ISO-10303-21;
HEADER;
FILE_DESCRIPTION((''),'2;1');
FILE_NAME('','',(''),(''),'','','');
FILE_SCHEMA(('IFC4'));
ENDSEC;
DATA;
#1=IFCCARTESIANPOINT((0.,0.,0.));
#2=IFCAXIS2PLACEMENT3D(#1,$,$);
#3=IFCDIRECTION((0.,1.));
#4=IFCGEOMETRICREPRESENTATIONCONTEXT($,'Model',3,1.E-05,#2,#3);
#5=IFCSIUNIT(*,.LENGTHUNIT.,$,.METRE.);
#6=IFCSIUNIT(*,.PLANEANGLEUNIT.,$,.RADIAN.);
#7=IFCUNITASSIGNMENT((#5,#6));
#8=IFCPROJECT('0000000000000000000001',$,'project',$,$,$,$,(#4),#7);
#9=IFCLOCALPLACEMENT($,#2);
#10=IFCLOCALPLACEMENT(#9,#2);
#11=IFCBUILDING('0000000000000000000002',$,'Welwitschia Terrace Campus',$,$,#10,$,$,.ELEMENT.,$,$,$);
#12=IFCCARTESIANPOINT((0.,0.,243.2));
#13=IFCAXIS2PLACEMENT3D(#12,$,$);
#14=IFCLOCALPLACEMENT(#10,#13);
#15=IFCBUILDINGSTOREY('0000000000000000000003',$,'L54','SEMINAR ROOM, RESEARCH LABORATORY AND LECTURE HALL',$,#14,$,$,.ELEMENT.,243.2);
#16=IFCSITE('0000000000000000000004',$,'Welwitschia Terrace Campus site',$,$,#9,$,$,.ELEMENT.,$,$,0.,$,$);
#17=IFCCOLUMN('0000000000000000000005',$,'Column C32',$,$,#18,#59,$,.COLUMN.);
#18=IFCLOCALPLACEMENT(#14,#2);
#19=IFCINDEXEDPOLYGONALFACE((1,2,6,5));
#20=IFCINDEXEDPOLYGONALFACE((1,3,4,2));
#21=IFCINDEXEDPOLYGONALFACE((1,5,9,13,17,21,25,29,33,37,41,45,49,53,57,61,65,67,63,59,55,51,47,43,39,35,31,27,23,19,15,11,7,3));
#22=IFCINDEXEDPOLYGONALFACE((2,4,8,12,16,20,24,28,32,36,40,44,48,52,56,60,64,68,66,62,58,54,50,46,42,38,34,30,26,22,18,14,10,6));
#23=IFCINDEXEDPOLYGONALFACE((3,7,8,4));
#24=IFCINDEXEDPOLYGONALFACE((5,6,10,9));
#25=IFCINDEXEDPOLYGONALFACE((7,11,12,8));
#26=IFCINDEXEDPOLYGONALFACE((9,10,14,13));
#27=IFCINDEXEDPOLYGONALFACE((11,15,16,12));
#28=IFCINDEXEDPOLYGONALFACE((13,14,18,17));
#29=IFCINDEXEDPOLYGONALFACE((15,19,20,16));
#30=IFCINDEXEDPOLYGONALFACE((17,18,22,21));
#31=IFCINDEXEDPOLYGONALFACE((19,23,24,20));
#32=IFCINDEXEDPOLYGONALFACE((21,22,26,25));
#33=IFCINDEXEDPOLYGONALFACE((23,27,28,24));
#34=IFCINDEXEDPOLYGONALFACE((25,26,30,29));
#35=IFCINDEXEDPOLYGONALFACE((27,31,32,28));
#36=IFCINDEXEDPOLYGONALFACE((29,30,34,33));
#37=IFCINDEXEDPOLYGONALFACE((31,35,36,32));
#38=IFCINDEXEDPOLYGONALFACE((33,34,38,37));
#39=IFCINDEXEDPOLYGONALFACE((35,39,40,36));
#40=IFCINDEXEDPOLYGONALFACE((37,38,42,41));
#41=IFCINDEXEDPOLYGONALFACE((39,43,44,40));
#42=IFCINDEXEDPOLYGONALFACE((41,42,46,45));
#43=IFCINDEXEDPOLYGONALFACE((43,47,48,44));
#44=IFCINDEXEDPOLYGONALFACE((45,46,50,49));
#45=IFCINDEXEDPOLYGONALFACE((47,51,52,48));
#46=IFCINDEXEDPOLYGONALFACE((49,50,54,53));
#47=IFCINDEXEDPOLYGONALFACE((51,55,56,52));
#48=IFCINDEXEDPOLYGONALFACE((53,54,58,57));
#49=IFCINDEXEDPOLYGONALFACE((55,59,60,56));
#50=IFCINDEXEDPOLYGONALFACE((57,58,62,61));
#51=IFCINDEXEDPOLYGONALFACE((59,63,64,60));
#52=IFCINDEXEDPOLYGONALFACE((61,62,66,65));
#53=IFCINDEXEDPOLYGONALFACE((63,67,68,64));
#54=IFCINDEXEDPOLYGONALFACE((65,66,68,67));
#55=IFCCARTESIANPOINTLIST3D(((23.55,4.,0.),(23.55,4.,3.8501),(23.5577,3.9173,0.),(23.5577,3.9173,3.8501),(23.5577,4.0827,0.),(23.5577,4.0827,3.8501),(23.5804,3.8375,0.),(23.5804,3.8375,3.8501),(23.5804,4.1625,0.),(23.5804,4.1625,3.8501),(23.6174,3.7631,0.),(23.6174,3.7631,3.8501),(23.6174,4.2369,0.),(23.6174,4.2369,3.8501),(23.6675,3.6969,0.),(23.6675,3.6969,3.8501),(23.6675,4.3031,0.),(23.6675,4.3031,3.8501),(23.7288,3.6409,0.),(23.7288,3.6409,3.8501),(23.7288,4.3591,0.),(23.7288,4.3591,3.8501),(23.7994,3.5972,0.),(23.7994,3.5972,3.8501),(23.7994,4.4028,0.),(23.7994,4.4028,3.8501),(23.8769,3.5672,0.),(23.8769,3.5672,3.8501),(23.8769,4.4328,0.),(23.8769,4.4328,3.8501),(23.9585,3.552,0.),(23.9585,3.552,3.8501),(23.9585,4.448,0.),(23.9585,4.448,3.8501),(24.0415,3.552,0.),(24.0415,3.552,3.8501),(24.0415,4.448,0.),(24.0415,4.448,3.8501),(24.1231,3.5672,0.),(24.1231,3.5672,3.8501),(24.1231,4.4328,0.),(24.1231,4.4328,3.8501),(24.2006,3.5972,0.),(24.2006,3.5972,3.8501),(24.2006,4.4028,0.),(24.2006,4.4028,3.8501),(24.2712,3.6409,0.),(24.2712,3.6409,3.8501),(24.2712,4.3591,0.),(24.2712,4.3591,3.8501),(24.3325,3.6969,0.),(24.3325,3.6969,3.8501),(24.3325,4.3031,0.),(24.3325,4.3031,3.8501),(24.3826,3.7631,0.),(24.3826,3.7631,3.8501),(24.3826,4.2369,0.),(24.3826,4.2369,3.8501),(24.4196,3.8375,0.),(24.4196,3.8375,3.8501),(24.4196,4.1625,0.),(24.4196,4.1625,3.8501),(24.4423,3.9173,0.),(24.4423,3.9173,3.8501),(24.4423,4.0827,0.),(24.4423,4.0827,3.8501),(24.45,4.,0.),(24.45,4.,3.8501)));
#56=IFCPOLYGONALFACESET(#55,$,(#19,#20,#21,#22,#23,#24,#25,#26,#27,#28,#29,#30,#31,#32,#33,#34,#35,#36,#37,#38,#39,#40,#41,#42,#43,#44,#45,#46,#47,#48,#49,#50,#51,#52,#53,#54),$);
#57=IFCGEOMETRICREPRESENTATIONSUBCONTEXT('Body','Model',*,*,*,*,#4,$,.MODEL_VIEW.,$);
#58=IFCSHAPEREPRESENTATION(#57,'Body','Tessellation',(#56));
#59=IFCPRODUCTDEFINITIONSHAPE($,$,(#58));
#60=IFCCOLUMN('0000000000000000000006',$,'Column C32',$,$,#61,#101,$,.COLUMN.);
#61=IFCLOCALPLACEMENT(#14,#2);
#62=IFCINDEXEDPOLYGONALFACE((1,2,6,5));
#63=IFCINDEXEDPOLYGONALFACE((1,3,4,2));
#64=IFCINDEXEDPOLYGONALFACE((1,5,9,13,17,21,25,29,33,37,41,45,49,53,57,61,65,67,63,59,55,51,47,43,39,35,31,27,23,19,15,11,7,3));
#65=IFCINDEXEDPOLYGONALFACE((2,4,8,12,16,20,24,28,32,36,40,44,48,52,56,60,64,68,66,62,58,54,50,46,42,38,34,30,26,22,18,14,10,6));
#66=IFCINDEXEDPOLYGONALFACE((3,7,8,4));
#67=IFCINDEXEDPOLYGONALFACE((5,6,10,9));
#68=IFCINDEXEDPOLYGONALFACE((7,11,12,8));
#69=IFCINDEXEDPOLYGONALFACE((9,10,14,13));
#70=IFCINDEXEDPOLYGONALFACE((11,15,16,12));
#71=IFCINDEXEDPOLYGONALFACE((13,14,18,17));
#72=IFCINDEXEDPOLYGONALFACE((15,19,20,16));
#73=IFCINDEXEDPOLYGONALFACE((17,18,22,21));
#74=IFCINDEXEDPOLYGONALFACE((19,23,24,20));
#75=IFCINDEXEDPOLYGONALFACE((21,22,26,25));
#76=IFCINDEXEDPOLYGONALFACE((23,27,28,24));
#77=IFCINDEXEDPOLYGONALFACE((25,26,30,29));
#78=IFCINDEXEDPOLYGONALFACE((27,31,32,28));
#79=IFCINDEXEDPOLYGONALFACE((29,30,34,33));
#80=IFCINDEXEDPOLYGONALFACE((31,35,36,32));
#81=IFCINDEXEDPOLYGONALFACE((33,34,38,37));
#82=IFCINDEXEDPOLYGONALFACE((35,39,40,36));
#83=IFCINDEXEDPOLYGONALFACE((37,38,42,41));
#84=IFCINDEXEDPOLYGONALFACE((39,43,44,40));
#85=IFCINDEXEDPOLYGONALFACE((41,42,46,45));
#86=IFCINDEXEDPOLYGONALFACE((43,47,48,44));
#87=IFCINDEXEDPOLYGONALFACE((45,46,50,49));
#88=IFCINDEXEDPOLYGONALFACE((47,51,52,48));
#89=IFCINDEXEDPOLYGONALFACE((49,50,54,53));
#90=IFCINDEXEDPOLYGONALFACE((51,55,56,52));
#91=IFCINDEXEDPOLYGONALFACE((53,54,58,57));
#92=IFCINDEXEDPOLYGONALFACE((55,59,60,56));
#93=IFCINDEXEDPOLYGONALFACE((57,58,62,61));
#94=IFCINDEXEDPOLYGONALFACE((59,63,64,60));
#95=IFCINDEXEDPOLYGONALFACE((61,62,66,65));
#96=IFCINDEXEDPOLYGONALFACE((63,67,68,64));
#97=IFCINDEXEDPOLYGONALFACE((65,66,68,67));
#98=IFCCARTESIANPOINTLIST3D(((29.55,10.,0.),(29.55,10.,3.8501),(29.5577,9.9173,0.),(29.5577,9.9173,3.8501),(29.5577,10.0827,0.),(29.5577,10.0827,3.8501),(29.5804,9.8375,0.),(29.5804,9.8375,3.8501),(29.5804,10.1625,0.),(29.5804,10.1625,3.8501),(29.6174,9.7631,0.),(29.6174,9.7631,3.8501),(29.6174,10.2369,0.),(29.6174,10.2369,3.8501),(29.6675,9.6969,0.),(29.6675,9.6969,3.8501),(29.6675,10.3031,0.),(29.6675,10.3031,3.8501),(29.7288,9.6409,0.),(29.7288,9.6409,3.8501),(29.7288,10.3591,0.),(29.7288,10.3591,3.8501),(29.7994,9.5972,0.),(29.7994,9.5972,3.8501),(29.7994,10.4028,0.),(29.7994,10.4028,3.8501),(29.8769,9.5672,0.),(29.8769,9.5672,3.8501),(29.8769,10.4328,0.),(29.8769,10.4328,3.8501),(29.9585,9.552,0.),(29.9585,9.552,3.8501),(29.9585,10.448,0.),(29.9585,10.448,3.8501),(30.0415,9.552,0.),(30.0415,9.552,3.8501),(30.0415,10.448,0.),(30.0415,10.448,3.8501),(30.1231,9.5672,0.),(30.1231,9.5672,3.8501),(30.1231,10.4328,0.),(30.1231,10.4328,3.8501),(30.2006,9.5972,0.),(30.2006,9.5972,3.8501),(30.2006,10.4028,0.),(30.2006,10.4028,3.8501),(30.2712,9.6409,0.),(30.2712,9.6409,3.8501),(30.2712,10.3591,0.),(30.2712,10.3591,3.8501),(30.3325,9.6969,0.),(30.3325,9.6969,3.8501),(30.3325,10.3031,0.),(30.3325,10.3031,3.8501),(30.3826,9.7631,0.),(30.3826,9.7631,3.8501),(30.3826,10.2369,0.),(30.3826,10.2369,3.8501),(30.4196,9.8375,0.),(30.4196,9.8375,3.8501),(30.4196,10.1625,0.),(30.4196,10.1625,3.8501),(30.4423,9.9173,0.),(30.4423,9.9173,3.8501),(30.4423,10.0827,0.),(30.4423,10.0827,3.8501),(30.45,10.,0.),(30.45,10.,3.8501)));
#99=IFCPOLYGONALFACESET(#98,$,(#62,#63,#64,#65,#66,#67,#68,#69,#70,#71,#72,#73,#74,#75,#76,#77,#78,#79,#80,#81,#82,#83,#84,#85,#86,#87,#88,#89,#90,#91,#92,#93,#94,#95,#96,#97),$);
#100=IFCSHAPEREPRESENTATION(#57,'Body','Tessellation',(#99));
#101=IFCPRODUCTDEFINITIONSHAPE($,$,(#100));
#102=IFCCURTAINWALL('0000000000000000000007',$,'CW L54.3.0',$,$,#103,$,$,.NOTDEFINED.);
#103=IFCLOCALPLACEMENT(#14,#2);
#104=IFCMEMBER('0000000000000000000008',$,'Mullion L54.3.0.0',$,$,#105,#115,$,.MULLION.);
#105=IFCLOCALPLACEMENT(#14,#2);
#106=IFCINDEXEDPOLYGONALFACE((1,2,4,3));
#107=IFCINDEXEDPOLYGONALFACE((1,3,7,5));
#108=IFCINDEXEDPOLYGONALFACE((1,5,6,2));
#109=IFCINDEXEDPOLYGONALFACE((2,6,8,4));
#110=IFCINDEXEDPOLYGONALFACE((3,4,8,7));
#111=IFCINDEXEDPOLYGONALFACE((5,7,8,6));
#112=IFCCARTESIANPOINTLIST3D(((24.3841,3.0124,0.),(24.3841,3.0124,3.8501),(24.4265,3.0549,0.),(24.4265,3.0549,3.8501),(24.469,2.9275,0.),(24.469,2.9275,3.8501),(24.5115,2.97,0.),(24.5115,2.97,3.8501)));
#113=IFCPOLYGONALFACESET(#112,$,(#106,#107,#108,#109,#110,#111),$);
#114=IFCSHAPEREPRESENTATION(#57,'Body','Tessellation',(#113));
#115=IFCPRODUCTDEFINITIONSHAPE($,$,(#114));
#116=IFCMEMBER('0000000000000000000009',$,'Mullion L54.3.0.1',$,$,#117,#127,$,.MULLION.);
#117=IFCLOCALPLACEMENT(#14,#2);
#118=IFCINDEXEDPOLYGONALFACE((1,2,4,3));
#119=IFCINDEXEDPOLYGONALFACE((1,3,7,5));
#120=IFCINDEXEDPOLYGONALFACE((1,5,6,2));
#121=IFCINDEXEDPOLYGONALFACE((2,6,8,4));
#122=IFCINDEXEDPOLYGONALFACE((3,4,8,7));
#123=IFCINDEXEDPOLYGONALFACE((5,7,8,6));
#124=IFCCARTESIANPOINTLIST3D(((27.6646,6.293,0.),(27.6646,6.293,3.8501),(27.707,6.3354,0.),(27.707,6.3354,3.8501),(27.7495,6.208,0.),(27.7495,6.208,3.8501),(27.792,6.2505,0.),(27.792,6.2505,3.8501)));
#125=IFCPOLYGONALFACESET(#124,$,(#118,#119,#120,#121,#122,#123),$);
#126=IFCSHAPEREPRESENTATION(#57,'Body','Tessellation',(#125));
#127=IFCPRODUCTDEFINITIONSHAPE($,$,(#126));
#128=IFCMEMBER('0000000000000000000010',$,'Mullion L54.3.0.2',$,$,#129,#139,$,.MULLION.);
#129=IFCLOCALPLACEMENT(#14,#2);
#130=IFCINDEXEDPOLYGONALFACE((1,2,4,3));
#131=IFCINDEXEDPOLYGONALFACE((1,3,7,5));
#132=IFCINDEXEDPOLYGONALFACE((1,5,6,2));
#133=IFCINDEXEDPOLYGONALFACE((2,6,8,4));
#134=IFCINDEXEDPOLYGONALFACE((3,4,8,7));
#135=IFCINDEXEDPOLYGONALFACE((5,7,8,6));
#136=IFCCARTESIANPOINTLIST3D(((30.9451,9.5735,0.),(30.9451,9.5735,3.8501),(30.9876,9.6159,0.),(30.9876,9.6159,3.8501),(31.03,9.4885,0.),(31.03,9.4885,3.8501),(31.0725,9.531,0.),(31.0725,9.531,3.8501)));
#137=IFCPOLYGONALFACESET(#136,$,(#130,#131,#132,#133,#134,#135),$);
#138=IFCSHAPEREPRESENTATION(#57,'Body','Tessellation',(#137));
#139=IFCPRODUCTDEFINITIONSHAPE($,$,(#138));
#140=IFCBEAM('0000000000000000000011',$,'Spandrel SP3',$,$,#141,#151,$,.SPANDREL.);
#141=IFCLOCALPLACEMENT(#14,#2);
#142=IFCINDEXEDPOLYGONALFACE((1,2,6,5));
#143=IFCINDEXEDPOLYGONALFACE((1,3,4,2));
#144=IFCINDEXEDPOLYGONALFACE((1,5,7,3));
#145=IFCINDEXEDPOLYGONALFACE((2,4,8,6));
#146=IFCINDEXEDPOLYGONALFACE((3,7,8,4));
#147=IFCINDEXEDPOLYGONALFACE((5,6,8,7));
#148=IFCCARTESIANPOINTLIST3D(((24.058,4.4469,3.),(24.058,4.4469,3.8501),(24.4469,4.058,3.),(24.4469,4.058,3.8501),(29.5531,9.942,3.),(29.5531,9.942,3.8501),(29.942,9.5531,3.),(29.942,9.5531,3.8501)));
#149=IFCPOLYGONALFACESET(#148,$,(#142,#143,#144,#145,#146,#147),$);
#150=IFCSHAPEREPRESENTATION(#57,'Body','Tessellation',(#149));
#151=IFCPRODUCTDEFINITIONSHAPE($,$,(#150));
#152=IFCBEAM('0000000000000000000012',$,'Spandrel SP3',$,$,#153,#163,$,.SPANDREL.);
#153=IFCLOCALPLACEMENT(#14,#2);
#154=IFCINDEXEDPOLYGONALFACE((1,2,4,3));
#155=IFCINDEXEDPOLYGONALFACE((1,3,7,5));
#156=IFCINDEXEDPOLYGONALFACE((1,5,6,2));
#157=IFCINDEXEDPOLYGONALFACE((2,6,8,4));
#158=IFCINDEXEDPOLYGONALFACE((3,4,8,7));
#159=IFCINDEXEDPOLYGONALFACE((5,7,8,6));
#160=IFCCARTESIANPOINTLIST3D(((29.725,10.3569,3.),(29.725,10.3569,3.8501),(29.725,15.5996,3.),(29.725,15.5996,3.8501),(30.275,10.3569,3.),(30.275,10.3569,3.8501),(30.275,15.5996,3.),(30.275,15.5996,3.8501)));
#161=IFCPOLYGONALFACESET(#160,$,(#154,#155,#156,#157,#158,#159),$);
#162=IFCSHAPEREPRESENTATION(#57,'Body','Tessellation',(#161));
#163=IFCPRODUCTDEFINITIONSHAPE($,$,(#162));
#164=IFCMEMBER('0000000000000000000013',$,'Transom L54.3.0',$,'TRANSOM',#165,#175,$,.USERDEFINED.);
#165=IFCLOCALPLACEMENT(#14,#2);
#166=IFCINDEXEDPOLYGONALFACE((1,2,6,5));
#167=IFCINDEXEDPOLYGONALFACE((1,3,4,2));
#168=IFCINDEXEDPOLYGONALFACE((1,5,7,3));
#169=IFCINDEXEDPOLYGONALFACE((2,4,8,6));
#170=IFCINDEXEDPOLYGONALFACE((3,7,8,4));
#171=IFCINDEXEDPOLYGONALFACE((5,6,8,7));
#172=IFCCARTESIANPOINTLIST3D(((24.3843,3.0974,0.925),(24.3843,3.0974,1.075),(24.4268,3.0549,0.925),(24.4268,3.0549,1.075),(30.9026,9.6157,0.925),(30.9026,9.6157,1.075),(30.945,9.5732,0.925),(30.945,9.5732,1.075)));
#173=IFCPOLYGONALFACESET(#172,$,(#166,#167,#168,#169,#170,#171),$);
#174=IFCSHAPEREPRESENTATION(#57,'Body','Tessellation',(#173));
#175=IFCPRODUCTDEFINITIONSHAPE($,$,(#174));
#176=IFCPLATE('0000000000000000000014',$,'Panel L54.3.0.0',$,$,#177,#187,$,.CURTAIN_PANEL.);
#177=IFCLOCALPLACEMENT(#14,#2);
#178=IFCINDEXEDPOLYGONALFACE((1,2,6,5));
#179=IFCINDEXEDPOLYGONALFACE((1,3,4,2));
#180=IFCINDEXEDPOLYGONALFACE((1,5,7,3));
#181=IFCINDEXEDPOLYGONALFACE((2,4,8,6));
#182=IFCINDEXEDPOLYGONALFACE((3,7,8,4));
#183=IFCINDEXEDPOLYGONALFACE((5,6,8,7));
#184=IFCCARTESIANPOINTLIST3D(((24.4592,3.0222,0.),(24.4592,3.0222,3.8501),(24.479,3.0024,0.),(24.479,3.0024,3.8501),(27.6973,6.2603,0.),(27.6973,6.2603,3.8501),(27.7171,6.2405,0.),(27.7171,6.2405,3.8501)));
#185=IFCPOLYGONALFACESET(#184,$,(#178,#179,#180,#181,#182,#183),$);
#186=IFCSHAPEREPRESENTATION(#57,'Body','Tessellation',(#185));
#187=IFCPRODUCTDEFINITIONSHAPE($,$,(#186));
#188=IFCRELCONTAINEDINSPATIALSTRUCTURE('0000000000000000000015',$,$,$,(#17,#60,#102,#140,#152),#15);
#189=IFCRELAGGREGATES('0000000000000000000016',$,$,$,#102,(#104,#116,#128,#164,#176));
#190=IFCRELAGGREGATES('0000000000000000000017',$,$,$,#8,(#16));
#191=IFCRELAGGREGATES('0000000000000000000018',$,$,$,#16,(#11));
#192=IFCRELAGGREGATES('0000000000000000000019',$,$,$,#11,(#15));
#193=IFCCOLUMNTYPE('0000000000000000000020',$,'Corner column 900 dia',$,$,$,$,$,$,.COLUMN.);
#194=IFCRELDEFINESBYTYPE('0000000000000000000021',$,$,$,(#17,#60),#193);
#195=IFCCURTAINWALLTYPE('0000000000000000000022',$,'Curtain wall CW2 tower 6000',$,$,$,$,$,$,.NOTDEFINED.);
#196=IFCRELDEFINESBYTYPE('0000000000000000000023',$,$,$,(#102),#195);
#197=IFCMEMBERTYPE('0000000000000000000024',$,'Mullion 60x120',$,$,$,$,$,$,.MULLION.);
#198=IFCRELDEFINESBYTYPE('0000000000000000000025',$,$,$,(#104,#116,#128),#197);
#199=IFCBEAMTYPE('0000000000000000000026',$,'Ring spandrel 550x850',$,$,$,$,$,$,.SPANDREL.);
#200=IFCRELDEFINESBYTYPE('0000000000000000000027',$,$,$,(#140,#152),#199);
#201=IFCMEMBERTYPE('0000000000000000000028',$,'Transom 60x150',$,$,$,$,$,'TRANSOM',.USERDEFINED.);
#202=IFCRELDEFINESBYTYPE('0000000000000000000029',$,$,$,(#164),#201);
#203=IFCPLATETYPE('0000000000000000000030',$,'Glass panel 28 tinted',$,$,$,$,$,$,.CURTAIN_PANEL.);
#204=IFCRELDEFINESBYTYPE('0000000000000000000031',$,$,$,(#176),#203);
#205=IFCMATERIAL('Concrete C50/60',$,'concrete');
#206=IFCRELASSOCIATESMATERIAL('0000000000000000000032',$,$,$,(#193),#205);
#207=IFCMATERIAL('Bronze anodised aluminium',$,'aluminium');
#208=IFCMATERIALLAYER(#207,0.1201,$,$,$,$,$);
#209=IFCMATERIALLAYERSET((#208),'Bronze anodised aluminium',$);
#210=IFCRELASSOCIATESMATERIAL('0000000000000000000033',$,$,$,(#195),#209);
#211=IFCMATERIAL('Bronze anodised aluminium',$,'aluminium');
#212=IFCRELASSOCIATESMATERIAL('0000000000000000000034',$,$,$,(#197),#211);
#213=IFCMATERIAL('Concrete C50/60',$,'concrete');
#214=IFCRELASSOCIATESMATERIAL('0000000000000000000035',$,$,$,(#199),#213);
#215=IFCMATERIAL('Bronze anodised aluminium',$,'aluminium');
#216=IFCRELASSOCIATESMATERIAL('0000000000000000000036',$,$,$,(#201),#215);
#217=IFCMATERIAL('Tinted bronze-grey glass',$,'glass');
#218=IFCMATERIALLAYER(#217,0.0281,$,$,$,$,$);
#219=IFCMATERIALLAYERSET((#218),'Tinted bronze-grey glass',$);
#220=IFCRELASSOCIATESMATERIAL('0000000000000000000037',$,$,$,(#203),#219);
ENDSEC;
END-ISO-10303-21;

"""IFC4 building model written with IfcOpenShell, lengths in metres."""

from ifc_helpers import new_model, si_unit, direction, frame, origin, origin_2d, place, context, subcontext, project, spatial, rectangle, circle, extrude, material, layer, layer_set, material_profile, profile_set, type_object, element, aggregate, save


model = new_model("IFC4")

# Units and contexts
model_context = context("Model", 3, precision=1e-05, world=origin(), true_north=direction((0.0, 1.0)))
body_context = subcontext(model_context, "Body", "Model", "MODEL_VIEW")
ifc_project = project(units=[si_unit("LENGTHUNIT", "METRE"), si_unit("PLANEANGLEUNIT", "RADIAN")], contexts=[model_context])

# Site, building, storey
site_placement = place(None, origin())
site = spatial("IfcSite", under=ifc_project, at=site_placement, Name="Welwitschia Terrace Campus site", CompositionType="ELEMENT", RefElevation=0.0)
building_placement = place(site_placement, origin())
building = spatial("IfcBuilding", under=site, at=building_placement, Name="Welwitschia Terrace Campus", CompositionType="ELEMENT")
storey_placement = place(building_placement, frame((0.0, 0.0, 243.2)))
storey = spatial("IfcBuildingStorey", under=building, at=storey_placement, Name="L54", Description="SEMINAR ROOM, RESEARCH LABORATORY AND LECTURE HALL", CompositionType="ELEMENT", Elevation=243.2)

# Columns
ifc_material_1 = material(Name="Concrete C50/60", Category="concrete")
ifc_material_profile_1 = material_profile(ifc_material_1, circle(Radius=0.45, at=origin_2d()))
ifc_profile_set_1 = profile_set([ifc_material_profile_1], Name="Concrete C50/60")
column_type = type_object("IfcColumnType", Name="Corner column 900 dia", PredefinedType="COLUMN", material=ifc_profile_set_1)
for number, where, z_axis, x_axis, name in (
    (1, (24.0, 4.0, 0.0), (0.0, 0.0, 1.0), (1.0, 0.0, 0.0), "Column C32"),
    (2, (30.0, 10.0, 0.0), (0.0, 0.0, 1.0), (1.0, 0.0, 0.0), "Column C32"),
):
    element("IfcColumn", number, at=place(storey_placement, frame(where, z_axis=z_axis, x_axis=x_axis)), inside=storey, type_object=column_type, Name=name, PredefinedType="COLUMN", context=body_context, shape_type="SweptSolid", body=[
        extrude(circle(Radius=0.45, at=origin_2d()), origin(), (0.0, 0.0, 1.0), 3.8501),
    ])

# Curtain wall, members
ifc_material_2 = material(Name="Bronze anodised aluminium", Category="aluminium")
ifc_layer_1 = layer(ifc_material_2, 0.1201)
ifc_layer_set_1 = layer_set([ifc_layer_1], Name="Bronze anodised aluminium")
curtain_wall_type = type_object("IfcCurtainWallType", Name="Curtain wall CW2 tower 6000", PredefinedType="NOTDEFINED", material=ifc_layer_set_1)
curtain_wall_placement = place(storey_placement, origin())
curtain_wall = element("IfcCurtainWall", 3, at=curtain_wall_placement, inside=storey, type_object=curtain_wall_type, Name="CW L54.3.0", PredefinedType="NOTDEFINED")
ifc_material_3 = material(Name="Bronze anodised aluminium", Category="aluminium")
ifc_material_profile_2 = material_profile(ifc_material_3, rectangle(XDim=0.1201, YDim=0.0601, at=origin_2d()))
ifc_profile_set_2 = profile_set([ifc_material_profile_2], Name="Bronze anodised aluminium")
member_type_1 = type_object("IfcMemberType", Name="Mullion 60x120", PredefinedType="MULLION", material=ifc_profile_set_2)
member_1_placement = place(storey_placement, frame((24.4478, 2.9912, 0.0), z_axis=(0.0, 0.0, 1.0), x_axis=(-0.707107, 0.707107, 0.0)))
member_1 = element("IfcMember", 4, at=member_1_placement, type_object=member_type_1, Name="Mullion L54.3.0.0", PredefinedType="MULLION", context=body_context, shape_type="SweptSolid", body=[
    extrude(rectangle(XDim=0.1201, YDim=0.0601, at=origin_2d()), origin(), (0.0, 0.0, 1.0), 3.8501),
])
member_2_placement = place(storey_placement, frame((27.7283, 6.2717, 0.0), z_axis=(0.0, 0.0, 1.0), x_axis=(-0.707107, 0.707107, 0.0)))
member_2 = element("IfcMember", 5, at=member_2_placement, type_object=member_type_1, Name="Mullion L54.3.0.1", PredefinedType="MULLION", context=body_context, shape_type="SweptSolid", body=[
    extrude(rectangle(XDim=0.1201, YDim=0.0601, at=origin_2d()), origin(), (0.0, 0.0, 1.0), 3.8501),
])
member_3_placement = place(storey_placement, frame((31.0088, 9.5522, 0.0), z_axis=(0.0, 0.0, 1.0), x_axis=(-0.707107, 0.707107, 0.0)))
member_3 = element("IfcMember", 6, at=member_3_placement, type_object=member_type_1, Name="Mullion L54.3.0.2", PredefinedType="MULLION", context=body_context, shape_type="SweptSolid", body=[
    extrude(rectangle(XDim=0.1201, YDim=0.0601, at=origin_2d()), origin(), (0.0, 0.0, 1.0), 3.8501),
])

# Beams
ifc_material_4 = material(Name="Concrete C50/60", Category="concrete")
ifc_material_profile_3 = material_profile(ifc_material_4, rectangle(XDim=0.55, YDim=0.8501, at=origin_2d()))
ifc_profile_set_3 = profile_set([ifc_material_profile_3], Name="Concrete C50/60")
beam_type = type_object("IfcBeamType", Name="Ring spandrel 550x850", PredefinedType="SPANDREL", material=ifc_profile_set_3)
beam_1_placement = place(storey_placement, frame((24.2524, 4.2524, 3.425), z_axis=(0.707107, 0.707107, 0.0), x_axis=(-0.707107, 0.707107, 0.0)))
element("IfcBeam", 7, at=beam_1_placement, inside=storey, type_object=beam_type, Name="Spandrel SP3", PredefinedType="SPANDREL", context=body_context, shape_type="SweptSolid", body=[
    extrude(rectangle(XDim=0.55, YDim=0.8501, at=origin_2d()), origin(), (0.0, 0.0, 1.0), 7.7712),
])
beam_2_placement = place(storey_placement, frame((30.0, 10.3569, 3.425), z_axis=(0.0, 1.0, 0.0), x_axis=(-1.0, 0.0, 0.0)))
element("IfcBeam", 8, at=beam_2_placement, inside=storey, type_object=beam_type, Name="Spandrel SP3", PredefinedType="SPANDREL", context=body_context, shape_type="SweptSolid", body=[
    extrude(rectangle(XDim=0.55, YDim=0.8501, at=origin_2d()), origin(), (0.0, 0.0, 1.0), 5.2427),
])

# Member
ifc_material_5 = material(Name="Bronze anodised aluminium", Category="aluminium")
ifc_material_profile_4 = material_profile(ifc_material_5, rectangle(XDim=0.0601, YDim=0.1499, at=origin_2d()))
ifc_profile_set_4 = profile_set([ifc_material_profile_4], Name="Bronze anodised aluminium")
member_type_2 = type_object("IfcMemberType", Name="Transom 60x150", ElementType="TRANSOM", PredefinedType="USERDEFINED", material=ifc_profile_set_4)
member_4_placement = place(storey_placement, frame((24.4055, 3.0762, 1.0), z_axis=(0.707107, 0.707107, 0.0), x_axis=(-0.707107, 0.707107, 0.0)))
member_4 = element("IfcMember", 9, at=member_4_placement, type_object=member_type_2, Name="Transom L54.3.0", ObjectType="TRANSOM", PredefinedType="USERDEFINED", context=body_context, shape_type="SweptSolid", body=[
    extrude(rectangle(XDim=0.0601, YDim=0.1499, at=origin_2d()), origin(), (0.0, 0.0, 1.0), 9.2183),
])

# Plate
ifc_material_6 = material(Name="Tinted bronze-grey glass", Category="glass")
ifc_layer_2 = layer(ifc_material_6, 0.0281)
ifc_layer_set_2 = layer_set([ifc_layer_2], Name="Tinted bronze-grey glass")
plate_type = type_object("IfcPlateType", Name="Glass panel 28 tinted", PredefinedType="CURTAIN_PANEL", material=ifc_layer_set_2)
plate_1_placement = place(storey_placement, frame((26.0881, 4.6313, 0.0), z_axis=(0.0, 0.0, 1.0), x_axis=(0.707107, 0.707107, 0.0)))
plate_1 = element("IfcPlate", 10, at=plate_1_placement, type_object=plate_type, Name="Panel L54.3.0.0", PredefinedType="CURTAIN_PANEL", context=body_context, shape_type="SweptSolid", body=[
    extrude(rectangle(XDim=4.5793, YDim=0.0281, at=origin_2d()), origin(), (0.0, 0.0, 1.0), 3.8501),
])
aggregate(curtain_wall, [member_1, member_2, member_3, member_4, plate_1])

save(model, "model.ifc")
